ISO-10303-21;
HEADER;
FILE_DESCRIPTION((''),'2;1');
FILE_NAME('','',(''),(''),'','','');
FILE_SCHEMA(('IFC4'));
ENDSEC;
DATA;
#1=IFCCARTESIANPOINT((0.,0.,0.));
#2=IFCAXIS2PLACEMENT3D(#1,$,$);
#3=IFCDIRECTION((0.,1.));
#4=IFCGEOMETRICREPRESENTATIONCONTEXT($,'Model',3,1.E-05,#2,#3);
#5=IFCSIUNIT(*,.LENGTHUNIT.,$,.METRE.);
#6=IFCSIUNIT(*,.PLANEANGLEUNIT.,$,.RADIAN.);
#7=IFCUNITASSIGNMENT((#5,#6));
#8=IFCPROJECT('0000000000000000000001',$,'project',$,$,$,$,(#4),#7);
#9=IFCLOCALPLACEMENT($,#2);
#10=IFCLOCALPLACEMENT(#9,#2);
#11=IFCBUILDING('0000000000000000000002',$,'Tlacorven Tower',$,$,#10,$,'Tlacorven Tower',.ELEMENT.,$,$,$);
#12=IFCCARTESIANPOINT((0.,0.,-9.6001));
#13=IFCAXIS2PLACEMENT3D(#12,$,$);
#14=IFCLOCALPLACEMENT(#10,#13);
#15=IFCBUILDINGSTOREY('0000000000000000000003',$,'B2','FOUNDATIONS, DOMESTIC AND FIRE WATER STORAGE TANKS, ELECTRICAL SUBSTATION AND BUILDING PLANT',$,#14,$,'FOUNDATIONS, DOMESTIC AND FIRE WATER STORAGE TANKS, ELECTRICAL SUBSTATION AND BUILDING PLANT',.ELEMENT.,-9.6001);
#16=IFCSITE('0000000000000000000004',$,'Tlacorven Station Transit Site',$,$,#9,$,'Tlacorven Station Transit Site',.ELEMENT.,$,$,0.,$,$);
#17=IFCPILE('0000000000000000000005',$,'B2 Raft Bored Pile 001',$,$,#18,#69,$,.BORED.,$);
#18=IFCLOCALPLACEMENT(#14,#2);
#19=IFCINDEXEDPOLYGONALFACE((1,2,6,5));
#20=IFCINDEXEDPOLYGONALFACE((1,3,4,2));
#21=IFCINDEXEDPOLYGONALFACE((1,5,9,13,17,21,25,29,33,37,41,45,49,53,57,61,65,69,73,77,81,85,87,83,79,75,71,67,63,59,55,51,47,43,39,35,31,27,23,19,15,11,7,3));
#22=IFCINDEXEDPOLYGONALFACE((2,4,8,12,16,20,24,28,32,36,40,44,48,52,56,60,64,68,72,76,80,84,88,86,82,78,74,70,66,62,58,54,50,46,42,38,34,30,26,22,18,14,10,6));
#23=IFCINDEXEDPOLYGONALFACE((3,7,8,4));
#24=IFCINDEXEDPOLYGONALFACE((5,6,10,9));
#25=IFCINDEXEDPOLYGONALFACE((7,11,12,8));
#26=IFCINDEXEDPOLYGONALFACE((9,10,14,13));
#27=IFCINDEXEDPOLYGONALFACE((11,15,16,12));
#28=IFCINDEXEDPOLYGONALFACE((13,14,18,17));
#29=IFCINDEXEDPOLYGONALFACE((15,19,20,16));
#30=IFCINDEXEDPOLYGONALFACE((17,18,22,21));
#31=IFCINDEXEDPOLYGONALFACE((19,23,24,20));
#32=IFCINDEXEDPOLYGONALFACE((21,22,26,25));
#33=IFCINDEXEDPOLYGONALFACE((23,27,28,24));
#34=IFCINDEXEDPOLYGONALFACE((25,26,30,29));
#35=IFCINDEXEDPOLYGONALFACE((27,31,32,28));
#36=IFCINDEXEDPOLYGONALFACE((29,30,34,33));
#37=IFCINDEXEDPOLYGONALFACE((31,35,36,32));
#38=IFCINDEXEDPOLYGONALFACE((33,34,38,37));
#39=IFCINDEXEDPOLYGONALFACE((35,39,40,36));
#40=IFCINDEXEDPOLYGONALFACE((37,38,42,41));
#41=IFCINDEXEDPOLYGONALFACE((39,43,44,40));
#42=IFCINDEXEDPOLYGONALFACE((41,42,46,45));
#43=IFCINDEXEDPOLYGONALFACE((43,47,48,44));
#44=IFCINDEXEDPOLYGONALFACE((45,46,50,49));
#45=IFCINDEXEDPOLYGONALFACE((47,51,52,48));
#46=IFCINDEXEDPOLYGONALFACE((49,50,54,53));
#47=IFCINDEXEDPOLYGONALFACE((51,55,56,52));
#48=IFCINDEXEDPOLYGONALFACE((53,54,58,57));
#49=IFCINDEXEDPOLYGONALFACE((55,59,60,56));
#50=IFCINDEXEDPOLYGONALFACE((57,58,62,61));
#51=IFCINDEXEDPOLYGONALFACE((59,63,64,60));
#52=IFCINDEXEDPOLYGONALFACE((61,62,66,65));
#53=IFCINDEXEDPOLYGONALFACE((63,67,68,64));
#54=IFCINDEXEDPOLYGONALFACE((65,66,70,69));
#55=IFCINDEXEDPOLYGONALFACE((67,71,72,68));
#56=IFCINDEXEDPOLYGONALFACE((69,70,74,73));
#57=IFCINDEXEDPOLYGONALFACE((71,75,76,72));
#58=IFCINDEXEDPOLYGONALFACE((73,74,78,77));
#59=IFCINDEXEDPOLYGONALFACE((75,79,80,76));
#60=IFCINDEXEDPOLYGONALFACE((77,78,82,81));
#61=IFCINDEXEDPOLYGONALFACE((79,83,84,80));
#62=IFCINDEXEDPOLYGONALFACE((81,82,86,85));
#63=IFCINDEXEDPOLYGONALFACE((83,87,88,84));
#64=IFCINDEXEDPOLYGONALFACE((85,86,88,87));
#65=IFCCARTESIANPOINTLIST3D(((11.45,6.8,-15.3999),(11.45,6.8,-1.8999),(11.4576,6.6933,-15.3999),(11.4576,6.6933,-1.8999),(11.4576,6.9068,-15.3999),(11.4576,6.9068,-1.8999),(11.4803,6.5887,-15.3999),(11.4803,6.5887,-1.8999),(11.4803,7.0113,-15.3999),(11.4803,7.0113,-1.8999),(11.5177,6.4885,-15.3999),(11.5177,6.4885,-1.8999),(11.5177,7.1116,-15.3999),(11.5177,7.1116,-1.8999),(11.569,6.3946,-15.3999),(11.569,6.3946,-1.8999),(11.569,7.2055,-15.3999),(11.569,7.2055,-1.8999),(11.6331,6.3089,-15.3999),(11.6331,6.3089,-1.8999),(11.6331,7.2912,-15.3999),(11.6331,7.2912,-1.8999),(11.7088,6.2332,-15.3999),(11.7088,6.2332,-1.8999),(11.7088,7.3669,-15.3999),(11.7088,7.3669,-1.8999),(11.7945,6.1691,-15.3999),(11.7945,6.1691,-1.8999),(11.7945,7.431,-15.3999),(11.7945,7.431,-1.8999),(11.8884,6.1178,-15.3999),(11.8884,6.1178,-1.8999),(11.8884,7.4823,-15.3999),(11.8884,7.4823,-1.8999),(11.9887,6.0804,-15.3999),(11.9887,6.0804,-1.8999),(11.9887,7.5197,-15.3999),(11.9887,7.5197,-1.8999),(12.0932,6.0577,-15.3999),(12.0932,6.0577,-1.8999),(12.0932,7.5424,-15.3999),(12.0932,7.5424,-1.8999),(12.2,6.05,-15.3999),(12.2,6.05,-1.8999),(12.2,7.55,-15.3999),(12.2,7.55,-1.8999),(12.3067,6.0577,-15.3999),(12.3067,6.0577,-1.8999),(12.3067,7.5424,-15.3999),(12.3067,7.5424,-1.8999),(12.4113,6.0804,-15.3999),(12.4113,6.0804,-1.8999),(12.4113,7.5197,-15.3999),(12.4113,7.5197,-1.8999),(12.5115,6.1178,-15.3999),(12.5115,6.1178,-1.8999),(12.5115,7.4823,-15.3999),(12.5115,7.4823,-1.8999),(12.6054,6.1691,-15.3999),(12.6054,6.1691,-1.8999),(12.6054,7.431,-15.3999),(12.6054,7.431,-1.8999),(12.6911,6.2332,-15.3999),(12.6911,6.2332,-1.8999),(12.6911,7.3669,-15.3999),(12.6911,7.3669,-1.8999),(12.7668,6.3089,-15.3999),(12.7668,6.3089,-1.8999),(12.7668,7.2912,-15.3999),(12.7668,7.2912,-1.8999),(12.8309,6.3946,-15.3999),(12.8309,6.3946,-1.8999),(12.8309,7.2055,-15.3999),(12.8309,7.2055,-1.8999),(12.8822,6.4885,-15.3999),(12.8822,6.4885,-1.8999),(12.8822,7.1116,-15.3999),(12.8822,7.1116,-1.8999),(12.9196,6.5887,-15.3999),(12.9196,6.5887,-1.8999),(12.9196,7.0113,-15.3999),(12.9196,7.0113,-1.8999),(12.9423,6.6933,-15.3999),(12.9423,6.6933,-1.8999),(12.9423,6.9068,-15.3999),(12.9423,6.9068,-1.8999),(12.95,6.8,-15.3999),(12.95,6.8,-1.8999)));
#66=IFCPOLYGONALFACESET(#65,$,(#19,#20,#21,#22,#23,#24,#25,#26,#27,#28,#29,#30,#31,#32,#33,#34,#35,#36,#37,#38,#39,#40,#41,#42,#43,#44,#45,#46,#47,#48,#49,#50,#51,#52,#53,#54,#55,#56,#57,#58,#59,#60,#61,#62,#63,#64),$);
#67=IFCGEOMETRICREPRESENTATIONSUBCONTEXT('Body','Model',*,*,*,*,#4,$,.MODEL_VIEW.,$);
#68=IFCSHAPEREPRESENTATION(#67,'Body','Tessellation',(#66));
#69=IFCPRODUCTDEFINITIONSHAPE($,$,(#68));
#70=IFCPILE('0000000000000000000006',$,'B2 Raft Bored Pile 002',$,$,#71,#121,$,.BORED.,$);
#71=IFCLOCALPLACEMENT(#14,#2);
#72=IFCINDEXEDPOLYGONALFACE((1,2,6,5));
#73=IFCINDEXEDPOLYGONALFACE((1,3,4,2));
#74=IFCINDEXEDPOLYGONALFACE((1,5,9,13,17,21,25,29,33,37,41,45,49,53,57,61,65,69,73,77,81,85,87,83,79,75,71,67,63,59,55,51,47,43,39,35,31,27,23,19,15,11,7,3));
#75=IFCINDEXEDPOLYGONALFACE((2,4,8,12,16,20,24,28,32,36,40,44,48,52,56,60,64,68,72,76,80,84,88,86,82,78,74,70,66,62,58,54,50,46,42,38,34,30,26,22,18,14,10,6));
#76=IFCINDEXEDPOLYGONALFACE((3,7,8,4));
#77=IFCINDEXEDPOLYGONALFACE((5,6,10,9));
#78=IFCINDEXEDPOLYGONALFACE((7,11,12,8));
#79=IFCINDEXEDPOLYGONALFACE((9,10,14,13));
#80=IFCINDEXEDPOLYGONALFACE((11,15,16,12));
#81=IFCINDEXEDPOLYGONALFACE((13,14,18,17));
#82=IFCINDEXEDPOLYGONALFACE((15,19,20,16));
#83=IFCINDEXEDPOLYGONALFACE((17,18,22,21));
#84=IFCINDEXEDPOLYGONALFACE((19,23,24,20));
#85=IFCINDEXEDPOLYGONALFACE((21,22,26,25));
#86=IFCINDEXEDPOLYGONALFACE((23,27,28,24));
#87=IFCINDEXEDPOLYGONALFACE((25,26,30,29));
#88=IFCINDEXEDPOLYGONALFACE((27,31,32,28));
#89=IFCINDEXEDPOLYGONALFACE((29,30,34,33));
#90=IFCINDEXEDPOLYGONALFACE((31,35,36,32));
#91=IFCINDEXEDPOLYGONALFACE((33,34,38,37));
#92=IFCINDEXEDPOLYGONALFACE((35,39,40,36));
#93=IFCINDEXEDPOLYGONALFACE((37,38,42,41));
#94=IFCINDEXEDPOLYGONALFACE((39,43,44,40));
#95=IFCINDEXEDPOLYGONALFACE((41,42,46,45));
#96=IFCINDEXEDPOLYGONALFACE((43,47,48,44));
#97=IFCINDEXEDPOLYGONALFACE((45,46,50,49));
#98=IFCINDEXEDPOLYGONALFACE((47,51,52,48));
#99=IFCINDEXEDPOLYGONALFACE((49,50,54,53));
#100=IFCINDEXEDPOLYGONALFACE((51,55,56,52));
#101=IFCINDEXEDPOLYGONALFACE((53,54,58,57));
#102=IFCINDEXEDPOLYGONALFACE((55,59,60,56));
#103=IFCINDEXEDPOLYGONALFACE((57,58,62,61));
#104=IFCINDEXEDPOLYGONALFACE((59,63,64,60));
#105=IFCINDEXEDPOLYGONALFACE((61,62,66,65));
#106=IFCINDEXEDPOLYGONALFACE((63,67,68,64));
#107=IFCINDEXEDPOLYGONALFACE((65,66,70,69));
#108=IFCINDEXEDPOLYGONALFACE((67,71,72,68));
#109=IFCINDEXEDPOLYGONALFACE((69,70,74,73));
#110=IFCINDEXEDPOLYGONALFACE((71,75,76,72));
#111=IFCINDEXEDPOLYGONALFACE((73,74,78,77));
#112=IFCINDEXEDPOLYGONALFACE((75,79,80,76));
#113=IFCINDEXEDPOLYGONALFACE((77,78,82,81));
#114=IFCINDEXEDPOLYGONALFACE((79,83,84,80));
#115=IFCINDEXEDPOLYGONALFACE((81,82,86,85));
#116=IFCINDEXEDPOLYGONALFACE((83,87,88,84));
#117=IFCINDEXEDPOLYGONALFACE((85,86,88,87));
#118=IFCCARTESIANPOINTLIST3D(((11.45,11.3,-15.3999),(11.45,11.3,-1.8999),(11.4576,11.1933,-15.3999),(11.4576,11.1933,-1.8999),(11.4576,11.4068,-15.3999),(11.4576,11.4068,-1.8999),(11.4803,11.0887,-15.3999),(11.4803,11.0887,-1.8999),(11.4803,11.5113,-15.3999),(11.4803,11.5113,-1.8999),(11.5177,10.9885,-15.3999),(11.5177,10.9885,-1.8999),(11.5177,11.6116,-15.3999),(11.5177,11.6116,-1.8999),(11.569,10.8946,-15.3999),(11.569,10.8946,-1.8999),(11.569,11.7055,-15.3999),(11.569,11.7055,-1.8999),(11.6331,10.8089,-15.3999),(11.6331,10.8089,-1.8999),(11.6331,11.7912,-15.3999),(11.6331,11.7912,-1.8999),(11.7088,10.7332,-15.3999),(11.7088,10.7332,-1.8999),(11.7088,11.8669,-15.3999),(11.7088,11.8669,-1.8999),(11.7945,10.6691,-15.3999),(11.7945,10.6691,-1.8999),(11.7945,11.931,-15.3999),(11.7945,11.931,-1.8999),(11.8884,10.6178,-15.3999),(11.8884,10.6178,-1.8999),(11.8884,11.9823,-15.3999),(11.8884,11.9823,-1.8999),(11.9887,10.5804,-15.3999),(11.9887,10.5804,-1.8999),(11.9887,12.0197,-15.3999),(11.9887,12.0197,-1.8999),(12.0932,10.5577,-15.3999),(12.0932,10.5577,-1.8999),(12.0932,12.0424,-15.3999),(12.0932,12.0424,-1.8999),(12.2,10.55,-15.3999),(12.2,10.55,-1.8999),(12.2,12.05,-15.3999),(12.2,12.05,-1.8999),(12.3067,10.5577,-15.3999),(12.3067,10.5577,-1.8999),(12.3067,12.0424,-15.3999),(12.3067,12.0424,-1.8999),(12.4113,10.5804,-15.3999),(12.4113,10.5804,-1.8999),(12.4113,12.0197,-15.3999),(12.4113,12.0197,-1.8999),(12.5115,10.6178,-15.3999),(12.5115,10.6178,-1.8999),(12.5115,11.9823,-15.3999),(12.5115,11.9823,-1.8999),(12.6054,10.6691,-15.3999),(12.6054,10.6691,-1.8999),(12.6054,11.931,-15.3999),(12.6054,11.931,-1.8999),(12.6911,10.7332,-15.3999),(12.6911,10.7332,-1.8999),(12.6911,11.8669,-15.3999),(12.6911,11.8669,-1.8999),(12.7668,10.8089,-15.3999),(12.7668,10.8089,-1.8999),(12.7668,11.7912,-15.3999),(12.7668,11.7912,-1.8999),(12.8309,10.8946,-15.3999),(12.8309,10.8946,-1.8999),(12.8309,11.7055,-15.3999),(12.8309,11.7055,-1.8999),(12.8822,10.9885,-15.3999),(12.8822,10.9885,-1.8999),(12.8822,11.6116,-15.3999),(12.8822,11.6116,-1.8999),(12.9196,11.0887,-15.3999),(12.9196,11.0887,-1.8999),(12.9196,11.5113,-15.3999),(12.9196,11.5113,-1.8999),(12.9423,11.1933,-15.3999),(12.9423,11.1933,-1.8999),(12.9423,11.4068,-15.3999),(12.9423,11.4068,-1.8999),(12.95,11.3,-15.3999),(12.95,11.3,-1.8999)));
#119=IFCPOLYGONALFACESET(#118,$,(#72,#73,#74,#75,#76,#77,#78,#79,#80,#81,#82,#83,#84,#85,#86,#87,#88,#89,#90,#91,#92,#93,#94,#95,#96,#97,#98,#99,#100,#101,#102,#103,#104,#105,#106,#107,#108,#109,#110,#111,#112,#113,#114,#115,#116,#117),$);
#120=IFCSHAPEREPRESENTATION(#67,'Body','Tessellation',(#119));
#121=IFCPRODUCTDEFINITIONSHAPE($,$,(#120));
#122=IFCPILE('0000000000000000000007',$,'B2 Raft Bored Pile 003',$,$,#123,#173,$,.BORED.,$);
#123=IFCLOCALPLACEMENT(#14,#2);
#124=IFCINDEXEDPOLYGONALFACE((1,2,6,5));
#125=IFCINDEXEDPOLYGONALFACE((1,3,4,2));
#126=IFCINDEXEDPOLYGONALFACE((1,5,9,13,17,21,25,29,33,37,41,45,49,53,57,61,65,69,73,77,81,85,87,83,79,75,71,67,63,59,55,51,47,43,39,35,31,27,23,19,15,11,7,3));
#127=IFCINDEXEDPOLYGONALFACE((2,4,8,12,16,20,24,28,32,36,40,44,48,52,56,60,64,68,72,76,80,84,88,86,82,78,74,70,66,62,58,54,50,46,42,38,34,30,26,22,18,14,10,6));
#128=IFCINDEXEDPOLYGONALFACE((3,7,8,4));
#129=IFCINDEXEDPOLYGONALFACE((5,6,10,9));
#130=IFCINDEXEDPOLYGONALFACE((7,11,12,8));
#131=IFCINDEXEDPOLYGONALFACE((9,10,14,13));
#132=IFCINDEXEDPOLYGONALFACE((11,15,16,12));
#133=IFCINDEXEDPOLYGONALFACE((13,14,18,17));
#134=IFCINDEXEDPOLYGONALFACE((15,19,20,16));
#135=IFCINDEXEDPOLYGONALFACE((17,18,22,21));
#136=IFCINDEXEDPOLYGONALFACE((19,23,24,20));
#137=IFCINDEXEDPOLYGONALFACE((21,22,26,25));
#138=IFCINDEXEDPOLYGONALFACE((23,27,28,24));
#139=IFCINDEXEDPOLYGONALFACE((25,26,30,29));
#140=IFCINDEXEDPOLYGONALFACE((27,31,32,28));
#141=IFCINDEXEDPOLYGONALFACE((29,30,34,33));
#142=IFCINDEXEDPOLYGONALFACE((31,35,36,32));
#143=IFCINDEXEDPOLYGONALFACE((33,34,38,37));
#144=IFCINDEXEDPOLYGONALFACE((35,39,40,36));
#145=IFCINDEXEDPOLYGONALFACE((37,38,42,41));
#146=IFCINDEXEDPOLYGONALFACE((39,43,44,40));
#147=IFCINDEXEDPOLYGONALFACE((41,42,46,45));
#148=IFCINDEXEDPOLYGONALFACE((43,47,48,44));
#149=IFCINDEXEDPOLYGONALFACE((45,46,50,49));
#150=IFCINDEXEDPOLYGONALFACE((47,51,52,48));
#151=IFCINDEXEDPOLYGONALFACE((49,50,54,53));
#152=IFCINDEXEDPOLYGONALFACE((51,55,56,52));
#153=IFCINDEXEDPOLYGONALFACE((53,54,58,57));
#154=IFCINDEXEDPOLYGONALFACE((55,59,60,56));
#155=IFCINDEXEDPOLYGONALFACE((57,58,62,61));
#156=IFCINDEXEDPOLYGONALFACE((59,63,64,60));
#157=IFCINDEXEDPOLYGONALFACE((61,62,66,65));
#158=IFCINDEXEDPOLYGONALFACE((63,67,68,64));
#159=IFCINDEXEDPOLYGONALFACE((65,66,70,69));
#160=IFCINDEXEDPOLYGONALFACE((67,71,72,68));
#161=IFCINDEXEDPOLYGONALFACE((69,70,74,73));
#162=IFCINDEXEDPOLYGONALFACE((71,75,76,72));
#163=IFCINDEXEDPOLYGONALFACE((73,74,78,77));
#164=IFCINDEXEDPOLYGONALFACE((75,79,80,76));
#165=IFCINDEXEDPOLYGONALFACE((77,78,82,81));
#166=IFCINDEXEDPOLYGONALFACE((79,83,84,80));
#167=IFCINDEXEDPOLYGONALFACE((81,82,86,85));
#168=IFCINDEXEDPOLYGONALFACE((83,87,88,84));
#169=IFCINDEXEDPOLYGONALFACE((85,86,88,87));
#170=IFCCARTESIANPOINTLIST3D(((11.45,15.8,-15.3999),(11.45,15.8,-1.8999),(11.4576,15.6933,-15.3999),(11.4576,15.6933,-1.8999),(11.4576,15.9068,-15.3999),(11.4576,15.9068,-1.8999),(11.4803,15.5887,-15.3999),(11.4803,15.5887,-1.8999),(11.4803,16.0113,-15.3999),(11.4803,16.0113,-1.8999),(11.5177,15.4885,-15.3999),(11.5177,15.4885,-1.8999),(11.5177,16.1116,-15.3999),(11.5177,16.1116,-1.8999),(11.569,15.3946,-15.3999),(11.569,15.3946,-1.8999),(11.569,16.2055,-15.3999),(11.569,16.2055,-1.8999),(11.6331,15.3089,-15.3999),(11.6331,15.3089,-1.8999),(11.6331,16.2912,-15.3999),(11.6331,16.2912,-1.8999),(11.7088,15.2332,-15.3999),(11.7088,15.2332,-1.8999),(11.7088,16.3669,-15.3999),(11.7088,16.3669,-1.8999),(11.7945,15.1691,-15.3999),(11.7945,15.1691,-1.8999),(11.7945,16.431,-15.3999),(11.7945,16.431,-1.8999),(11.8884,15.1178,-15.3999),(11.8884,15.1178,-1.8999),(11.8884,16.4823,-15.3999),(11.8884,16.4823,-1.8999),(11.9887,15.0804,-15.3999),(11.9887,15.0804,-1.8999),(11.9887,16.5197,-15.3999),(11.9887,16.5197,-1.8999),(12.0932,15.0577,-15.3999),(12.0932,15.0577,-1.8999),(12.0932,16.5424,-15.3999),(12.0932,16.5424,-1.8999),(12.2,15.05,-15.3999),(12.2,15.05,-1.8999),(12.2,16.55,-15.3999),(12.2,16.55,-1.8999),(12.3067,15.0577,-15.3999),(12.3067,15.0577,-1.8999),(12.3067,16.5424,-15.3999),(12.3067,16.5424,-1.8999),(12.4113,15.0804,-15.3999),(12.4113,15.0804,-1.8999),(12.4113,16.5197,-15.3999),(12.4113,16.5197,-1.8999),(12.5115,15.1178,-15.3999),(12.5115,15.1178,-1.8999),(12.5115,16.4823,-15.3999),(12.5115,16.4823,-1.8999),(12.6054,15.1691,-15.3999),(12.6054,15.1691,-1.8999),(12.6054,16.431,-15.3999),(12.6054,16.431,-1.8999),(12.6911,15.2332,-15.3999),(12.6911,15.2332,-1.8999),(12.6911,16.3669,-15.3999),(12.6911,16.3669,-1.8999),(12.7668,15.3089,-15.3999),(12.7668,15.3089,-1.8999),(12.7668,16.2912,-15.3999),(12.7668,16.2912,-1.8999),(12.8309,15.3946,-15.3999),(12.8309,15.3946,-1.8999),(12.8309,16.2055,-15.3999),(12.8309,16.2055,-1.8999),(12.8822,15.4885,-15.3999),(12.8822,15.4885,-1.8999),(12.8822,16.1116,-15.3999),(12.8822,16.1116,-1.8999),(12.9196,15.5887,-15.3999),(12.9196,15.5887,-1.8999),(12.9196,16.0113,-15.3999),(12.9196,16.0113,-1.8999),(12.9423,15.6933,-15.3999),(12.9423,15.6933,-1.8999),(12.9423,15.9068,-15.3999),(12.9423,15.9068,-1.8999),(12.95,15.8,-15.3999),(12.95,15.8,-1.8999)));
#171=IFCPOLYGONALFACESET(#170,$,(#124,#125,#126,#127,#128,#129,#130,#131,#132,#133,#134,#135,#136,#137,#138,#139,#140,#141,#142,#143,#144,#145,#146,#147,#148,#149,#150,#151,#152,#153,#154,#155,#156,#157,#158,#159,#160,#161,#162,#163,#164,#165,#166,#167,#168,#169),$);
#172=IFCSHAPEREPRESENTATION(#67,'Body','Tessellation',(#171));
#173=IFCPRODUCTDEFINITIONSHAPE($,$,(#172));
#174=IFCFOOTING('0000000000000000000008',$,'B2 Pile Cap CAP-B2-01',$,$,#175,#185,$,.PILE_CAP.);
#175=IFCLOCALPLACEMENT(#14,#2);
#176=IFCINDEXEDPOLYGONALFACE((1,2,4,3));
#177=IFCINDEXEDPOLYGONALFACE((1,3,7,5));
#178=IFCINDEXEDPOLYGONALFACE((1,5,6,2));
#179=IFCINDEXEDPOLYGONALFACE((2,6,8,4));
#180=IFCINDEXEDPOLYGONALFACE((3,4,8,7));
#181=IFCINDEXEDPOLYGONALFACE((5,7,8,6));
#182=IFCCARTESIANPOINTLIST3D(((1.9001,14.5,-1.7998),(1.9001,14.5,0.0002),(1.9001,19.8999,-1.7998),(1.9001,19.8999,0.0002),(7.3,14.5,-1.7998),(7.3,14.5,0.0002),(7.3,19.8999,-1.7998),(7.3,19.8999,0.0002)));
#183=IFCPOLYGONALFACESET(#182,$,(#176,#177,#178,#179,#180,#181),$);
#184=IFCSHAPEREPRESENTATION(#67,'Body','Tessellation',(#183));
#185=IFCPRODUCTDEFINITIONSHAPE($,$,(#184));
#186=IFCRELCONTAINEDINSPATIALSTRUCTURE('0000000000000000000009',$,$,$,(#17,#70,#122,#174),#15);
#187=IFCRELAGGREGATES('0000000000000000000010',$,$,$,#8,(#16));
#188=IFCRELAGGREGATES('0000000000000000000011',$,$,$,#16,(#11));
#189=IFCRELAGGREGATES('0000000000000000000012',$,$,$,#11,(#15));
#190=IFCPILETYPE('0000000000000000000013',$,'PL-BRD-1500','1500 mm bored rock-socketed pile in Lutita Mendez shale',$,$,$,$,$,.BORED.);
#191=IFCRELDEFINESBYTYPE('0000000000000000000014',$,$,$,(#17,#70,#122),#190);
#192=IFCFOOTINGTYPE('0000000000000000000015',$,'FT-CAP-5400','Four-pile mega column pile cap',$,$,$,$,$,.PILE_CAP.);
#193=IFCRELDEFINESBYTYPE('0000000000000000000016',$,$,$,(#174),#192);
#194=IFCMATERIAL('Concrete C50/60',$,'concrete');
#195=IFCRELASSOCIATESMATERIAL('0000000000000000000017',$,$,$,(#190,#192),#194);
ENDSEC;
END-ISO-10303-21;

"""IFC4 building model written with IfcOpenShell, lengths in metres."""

from ifc_helpers import new_model, si_unit, direction, frame, origin, origin_2d, place, context, subcontext, project, spatial, rectangle, circle, extrude, source, transform, mapped, material, material_profile, profile_set, type_object, element, save


model = new_model("IFC4")

# Units and contexts
model_context = context("Model", 3, precision=1e-05, world=origin(), true_north=direction((0.0, 1.0)))
body_context = subcontext(model_context, "Body", "Model", "MODEL_VIEW")
ifc_project = project(units=[si_unit("LENGTHUNIT", "METRE"), si_unit("PLANEANGLEUNIT", "RADIAN")], contexts=[model_context])

# Site, building, storey
site_placement = place(None, origin())
site = spatial("IfcSite", under=ifc_project, at=site_placement, Name="Tlacorven Station Transit Site", LongName="Tlacorven Station Transit Site", CompositionType="ELEMENT", RefElevation=0.0)
building_placement = place(site_placement, origin())
building = spatial("IfcBuilding", under=site, at=building_placement, Name="Tlacorven Tower", LongName="Tlacorven Tower", CompositionType="ELEMENT")
storey_placement = place(building_placement, frame((0.0, 0.0, -9.6001)))
storey = spatial("IfcBuildingStorey", under=building, at=storey_placement, Name="B2", Description="FOUNDATIONS, DOMESTIC AND FIRE WATER STORAGE TANKS, ELECTRICAL SUBSTATION AND BUILDING PLANT", LongName="FOUNDATIONS, DOMESTIC AND FIRE WATER STORAGE TANKS, ELECTRICAL SUBSTATION AND BUILDING PLANT", CompositionType="ELEMENT", Elevation=-9.6001)

# Piles
ifc_material_1 = material(Name="Concrete C50/60", Category="concrete")
ifc_material_profile_1 = material_profile(ifc_material_1, circle(Radius=0.75, at=origin_2d()), Name="BORED PILE D1500")
ifc_profile_set_1 = profile_set([ifc_material_profile_1], Name="Concrete C50/60")
pile_type_1 = type_object("IfcPileType", Name="PL-BRD-1500", Description="1500 mm bored rock-socketed pile in Lutita Mendez shale", PredefinedType="BORED", material=ifc_profile_set_1)
shared_shape_1 = source(origin(), body_context, "Body", "SweptSolid", [
    extrude(circle(Radius=0.75, at=origin_2d()), origin(), (0.0, 0.0, 1.0), 13.5),
])
for number, where, z_axis, x_axis, name in (
    (1, (12.2, 6.8, -1.8999), (0.0, 0.0, -1.0), (1.0, 0.0, 0.0), "B2 Raft Bored Pile 001"),
    (2, (12.2, 11.3, -1.8999), (0.0, 0.0, -1.0), (1.0, 0.0, 0.0), "B2 Raft Bored Pile 002"),
    (3, (12.2, 15.8, -1.8999), (0.0, 0.0, -1.0), (1.0, 0.0, 0.0), "B2 Raft Bored Pile 003"),
):
    element("IfcPile", number, at=place(storey_placement, frame(where, z_axis=z_axis, x_axis=x_axis)), inside=storey, type_object=pile_type_1, Name=name, PredefinedType="BORED", context=body_context, shape_type="MappedRepresentation", body=[
        mapped(shared_shape_1, transform((0.0, 0.0, 0.0), scale=1.0)),
    ])

# Footing
footing_type = type_object("IfcFootingType", Name="FT-CAP-5400", Description="Four-pile mega column pile cap", PredefinedType="PILE_CAP", material=ifc_material_1)
shared_shape_2 = source(origin(), body_context, "Body", "SweptSolid", [
    extrude(rectangle(XDim=5.3999, YDim=5.3999, at=origin_2d()), origin(), (0.0, 0.0, 1.0), 1.8),
])
footing_placement = place(storey_placement, frame((4.6001, 17.2, -1.7998), z_axis=(0.0, 0.0, 1.0), x_axis=(1.0, 0.0, 0.0)))
element("IfcFooting", 4, at=footing_placement, inside=storey, type_object=footing_type, Name="B2 Pile Cap CAP-B2-01", PredefinedType="PILE_CAP", context=body_context, shape_type="MappedRepresentation", body=[
    mapped(shared_shape_2, transform((0.0, 0.0, 0.0), scale=1.0)),
])

save(model, "model.ifc")
